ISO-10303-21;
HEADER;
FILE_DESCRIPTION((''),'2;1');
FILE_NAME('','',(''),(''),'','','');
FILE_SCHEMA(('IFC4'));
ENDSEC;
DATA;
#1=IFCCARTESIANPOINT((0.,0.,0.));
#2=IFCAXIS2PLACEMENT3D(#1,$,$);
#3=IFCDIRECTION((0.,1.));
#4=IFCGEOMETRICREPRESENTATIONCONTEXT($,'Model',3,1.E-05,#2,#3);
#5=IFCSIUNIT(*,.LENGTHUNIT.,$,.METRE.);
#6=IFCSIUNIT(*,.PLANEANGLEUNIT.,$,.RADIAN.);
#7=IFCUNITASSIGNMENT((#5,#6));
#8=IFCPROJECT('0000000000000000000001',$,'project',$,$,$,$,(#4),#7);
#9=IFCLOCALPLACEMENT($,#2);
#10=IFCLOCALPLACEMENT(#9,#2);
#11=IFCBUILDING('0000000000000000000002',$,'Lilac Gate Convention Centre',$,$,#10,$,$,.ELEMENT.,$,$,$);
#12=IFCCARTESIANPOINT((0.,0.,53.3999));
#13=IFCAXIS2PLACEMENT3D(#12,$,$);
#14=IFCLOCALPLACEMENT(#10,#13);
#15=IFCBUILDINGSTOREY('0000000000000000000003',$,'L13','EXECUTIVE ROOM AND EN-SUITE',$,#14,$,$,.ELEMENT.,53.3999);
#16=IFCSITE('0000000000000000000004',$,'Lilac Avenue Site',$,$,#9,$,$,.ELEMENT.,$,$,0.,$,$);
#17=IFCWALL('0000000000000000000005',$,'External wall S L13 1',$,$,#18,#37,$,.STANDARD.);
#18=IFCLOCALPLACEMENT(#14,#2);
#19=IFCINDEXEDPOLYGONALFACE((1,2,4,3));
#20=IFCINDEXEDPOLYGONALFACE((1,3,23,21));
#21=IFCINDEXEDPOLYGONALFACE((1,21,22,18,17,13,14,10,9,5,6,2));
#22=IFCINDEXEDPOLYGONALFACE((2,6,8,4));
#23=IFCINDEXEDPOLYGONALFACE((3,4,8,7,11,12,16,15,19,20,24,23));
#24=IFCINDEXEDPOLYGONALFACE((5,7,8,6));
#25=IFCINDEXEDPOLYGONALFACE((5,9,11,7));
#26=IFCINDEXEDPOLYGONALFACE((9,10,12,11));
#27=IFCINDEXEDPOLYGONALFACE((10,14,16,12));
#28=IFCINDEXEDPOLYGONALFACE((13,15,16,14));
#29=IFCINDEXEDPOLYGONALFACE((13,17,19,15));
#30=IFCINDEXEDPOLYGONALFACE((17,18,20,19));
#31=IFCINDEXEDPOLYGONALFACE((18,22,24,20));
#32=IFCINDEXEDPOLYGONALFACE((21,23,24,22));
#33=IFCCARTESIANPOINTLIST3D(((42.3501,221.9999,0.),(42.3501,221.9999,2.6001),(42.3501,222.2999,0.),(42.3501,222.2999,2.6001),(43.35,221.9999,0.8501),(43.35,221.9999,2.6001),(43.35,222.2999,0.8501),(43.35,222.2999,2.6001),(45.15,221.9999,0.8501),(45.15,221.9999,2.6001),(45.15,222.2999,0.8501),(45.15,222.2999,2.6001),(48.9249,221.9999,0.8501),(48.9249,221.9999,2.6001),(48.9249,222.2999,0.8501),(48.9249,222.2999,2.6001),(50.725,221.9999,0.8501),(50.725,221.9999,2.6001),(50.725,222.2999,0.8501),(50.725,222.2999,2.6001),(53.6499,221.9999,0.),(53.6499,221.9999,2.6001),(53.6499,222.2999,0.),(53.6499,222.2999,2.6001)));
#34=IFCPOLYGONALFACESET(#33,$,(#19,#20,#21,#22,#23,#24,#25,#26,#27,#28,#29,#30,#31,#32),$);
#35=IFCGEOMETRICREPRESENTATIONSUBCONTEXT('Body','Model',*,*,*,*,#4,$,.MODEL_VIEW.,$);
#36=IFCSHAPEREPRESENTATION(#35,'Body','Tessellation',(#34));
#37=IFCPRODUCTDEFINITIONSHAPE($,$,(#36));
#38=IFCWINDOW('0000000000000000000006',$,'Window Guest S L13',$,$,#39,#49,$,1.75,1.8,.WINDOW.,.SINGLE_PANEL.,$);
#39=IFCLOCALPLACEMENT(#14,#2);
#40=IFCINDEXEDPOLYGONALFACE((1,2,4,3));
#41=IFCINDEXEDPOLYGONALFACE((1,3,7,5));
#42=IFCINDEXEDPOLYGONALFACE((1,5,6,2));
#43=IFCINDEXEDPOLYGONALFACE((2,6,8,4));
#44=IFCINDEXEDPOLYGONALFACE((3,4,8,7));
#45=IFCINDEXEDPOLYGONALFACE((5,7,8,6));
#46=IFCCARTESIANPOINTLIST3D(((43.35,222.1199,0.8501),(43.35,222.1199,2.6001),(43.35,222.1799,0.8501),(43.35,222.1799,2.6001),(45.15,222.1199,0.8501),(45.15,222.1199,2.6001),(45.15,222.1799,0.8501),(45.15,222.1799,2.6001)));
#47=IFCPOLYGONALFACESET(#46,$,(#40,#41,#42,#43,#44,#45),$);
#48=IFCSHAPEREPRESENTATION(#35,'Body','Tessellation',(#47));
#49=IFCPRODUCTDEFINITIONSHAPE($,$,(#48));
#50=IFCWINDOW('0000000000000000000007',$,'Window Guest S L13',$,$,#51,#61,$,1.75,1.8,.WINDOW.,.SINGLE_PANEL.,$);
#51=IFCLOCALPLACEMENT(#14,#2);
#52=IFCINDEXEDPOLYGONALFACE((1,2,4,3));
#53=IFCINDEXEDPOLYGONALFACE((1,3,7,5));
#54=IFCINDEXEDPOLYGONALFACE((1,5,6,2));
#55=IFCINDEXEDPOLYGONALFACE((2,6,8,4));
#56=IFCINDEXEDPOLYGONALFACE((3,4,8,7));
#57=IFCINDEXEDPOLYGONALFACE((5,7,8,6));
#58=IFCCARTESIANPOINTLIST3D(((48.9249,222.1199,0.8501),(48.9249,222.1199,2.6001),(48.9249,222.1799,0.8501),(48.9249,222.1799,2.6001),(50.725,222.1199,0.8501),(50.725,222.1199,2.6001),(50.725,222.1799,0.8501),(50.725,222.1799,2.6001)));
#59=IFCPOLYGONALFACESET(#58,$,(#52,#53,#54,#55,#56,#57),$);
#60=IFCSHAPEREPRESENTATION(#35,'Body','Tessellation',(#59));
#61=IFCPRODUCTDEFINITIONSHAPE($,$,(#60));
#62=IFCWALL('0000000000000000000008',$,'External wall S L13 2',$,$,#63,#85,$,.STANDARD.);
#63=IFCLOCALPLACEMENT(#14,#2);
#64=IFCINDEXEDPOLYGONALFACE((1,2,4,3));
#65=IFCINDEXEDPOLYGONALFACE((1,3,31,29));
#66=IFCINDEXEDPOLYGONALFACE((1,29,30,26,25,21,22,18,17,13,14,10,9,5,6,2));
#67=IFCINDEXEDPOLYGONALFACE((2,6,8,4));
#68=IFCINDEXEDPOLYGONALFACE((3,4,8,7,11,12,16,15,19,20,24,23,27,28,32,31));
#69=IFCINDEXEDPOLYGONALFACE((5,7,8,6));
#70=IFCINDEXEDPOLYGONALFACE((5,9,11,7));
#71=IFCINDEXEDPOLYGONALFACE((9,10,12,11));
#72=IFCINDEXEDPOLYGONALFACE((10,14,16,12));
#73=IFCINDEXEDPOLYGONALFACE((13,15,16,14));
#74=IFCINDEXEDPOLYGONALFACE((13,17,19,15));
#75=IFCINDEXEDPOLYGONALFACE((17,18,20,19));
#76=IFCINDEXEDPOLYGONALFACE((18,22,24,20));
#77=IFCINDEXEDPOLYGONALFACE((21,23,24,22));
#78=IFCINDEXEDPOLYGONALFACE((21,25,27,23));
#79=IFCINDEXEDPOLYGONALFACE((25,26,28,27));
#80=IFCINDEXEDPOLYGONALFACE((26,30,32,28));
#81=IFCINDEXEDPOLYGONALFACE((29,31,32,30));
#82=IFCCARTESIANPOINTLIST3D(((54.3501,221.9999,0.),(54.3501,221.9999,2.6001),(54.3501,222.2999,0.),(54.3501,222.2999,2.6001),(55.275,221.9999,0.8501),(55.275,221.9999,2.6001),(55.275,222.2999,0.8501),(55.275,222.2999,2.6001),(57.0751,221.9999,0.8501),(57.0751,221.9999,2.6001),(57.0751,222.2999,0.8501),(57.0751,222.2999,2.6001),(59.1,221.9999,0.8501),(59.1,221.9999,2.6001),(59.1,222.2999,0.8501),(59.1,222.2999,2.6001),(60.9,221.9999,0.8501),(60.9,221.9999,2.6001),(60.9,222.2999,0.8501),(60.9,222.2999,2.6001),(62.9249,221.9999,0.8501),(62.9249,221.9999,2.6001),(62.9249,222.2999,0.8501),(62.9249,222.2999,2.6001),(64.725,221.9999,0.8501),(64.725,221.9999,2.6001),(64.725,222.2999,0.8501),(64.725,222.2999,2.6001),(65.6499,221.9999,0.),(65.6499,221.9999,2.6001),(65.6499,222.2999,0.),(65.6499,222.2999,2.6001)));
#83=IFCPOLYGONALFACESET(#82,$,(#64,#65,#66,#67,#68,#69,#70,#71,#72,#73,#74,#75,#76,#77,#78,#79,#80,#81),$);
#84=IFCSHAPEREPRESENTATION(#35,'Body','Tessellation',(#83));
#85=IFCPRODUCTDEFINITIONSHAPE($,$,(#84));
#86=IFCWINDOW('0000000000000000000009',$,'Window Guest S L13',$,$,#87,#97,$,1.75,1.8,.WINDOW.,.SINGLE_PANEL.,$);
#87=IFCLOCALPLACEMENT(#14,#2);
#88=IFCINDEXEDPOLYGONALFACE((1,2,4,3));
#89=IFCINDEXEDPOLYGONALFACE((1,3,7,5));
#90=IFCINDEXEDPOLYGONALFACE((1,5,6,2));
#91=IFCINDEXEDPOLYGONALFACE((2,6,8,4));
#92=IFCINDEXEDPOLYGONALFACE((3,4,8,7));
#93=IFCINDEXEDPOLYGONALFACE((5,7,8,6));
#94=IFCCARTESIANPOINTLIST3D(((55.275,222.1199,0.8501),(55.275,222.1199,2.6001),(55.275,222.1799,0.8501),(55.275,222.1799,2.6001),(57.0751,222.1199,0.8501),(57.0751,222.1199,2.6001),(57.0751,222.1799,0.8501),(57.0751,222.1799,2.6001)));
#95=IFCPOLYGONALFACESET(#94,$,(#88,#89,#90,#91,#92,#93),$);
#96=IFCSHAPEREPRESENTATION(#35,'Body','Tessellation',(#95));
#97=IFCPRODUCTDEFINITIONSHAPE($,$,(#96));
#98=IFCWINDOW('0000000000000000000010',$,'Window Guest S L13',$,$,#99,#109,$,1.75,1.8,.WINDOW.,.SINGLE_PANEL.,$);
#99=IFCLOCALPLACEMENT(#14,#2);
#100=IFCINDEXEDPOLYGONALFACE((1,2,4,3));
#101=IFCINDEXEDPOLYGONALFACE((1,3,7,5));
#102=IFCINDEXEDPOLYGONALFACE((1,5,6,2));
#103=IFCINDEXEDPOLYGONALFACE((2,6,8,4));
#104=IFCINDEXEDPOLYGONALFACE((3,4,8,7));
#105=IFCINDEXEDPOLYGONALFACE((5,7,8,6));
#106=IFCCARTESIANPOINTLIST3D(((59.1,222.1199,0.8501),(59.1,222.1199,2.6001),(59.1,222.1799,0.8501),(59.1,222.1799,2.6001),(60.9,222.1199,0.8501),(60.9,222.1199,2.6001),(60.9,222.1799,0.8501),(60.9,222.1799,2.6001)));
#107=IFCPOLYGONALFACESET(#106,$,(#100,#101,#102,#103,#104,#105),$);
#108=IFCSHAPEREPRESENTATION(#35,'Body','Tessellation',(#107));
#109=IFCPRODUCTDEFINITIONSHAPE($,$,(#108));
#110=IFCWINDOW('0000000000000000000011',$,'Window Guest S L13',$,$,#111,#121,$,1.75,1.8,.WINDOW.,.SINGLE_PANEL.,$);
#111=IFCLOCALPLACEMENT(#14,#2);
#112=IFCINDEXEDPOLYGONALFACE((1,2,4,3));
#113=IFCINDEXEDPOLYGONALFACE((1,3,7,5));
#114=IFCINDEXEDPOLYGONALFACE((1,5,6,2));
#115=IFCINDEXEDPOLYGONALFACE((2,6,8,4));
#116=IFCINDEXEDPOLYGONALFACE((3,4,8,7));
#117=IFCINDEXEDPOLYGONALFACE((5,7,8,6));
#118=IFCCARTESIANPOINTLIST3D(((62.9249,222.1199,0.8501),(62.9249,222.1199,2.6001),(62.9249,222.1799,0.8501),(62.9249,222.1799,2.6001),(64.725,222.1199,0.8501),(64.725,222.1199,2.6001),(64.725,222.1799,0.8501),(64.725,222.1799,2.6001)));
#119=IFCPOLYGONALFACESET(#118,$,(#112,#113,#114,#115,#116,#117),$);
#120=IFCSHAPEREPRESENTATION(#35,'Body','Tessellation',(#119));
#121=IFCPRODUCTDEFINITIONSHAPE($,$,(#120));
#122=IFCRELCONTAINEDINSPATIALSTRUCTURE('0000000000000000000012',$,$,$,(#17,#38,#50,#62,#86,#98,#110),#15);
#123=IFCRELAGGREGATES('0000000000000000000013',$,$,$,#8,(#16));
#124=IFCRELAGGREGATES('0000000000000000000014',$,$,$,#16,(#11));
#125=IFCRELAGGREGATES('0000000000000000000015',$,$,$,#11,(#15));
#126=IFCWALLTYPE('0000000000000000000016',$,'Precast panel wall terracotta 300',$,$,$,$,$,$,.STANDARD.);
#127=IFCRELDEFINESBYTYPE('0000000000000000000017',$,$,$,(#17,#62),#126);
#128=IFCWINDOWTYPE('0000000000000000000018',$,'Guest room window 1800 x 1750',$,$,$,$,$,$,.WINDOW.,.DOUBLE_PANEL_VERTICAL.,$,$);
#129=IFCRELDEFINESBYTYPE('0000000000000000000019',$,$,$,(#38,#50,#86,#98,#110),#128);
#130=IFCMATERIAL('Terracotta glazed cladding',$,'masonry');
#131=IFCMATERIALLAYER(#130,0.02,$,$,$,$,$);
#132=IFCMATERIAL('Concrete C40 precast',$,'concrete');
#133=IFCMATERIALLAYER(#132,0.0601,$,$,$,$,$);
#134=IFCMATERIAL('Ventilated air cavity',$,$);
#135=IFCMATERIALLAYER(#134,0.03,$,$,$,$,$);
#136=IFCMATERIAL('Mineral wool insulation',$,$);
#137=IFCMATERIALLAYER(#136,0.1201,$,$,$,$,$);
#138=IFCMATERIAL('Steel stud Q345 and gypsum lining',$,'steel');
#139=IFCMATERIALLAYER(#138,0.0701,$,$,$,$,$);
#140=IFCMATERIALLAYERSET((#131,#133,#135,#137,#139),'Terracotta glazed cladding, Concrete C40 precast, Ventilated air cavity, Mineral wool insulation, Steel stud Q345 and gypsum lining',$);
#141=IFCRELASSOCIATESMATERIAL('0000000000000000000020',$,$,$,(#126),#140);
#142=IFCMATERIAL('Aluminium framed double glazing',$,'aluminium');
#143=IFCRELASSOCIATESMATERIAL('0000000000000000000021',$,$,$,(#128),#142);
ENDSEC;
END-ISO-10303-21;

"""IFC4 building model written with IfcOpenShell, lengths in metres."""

from ifc_helpers import new_model, si_unit, direction, frame, frame_2d, origin, place, context, subcontext, project, spatial, rectangle, extrude, material, layer, layer_set, type_object, element, fill, save


model = new_model("IFC4")

# Units and contexts
model_context = context("Model", 3, precision=1e-05, world=origin(), true_north=direction((0.0, 1.0)))
body_context = subcontext(model_context, "Body", "Model", "MODEL_VIEW")
ifc_project = project(units=[si_unit("LENGTHUNIT", "METRE"), si_unit("PLANEANGLEUNIT", "RADIAN")], contexts=[model_context])

# Site, building, storey
site_placement = place(None, origin())
site = spatial("IfcSite", under=ifc_project, at=site_placement, Name="Lilac Avenue Site", CompositionType="ELEMENT", RefElevation=0.0)
building_placement = place(site_placement, origin())
building = spatial("IfcBuilding", under=site, at=building_placement, Name="Lilac Gate Convention Centre", CompositionType="ELEMENT")
storey_placement = place(building_placement, frame((0.0, 0.0, 53.3999)))
storey = spatial("IfcBuildingStorey", under=building, at=storey_placement, Name="L13", Description="EXECUTIVE ROOM AND EN-SUITE", CompositionType="ELEMENT", Elevation=53.3999)

# Shared definitions
ifc_material_1 = material(Name="Concrete C40 precast", Category="concrete")

# Walls, openings, windows
ifc_material_2 = material(Name="Terracotta glazed cladding", Category="masonry")
ifc_layer_1 = layer(ifc_material_2, 0.02)
ifc_layer_2 = layer(ifc_material_1, 0.0601)
ifc_material_3 = material(Name="Ventilated air cavity")
ifc_layer_3 = layer(ifc_material_3, 0.03)
ifc_material_4 = material(Name="Mineral wool insulation")
ifc_layer_4 = layer(ifc_material_4, 0.1201)
ifc_material_5 = material(Name="Steel stud Q345 and gypsum lining", Category="steel")
ifc_layer_5 = layer(ifc_material_5, 0.0701)
ifc_layer_set_1 = layer_set([ifc_layer_1, ifc_layer_2, ifc_layer_3, ifc_layer_4, ifc_layer_5], Name="Terracotta glazed cladding, Concrete C40 precast, Ventilated air cavity, Mineral wool insulation, Steel stud Q345 and gypsum lining")
wall_type_1 = type_object("IfcWallType", Name="Precast panel wall terracotta 300", PredefinedType="STANDARD", material=ifc_layer_set_1)
wall_1_placement = place(storey_placement, frame((42.3501, 222.1499, 0.0), z_axis=(0.0, 0.0, 1.0), x_axis=(1.0, 0.0, 0.0)))
wall_1 = element("IfcWall", 1, at=wall_1_placement, inside=storey, type_object=wall_type_1, Name="External wall S L13 1", PredefinedType="STANDARD", context=body_context, shape_type="SweptSolid", body=[
    extrude(rectangle(XDim=11.2998, YDim=0.3, at=frame_2d((5.6499, 0.0))), origin(), (0.0, 0.0, 1.0), 2.6001),
])
opening_1_placement = place(wall_1_placement, frame((1.0, 0.0, 0.8501)))
opening_1 = element("IfcOpeningElement", 2, at=opening_1_placement, cuts=wall_1, PredefinedType="OPENING", context=body_context, shape_type="SweptSolid", body=[
    extrude(rectangle(XDim=1.8, YDim=1.75, at=frame_2d((0.8999, 0.875))), frame((0.0, 0.1599, 0.0), z_axis=(0.0, -1.0, 0.0), x_axis=(1.0, 0.0, 0.0)), (0.0, 0.0, 1.0), 0.3201),
])
opening_2_placement = place(wall_1_placement, frame((6.575, 0.0, 0.8501)))
opening_2 = element("IfcOpeningElement", 3, at=opening_2_placement, cuts=wall_1, PredefinedType="OPENING", context=body_context, shape_type="SweptSolid", body=[
    extrude(rectangle(XDim=1.8, YDim=1.75, at=frame_2d((0.8999, 0.875))), frame((0.0, 0.1599, 0.0), z_axis=(0.0, -1.0, 0.0), x_axis=(1.0, 0.0, 0.0)), (0.0, 0.0, 1.0), 0.3201),
])
ifc_material_6 = material(Name="Aluminium framed double glazing", Category="aluminium")
window_type = type_object("IfcWindowType", Name="Guest room window 1800 x 1750", PartitioningType="DOUBLE_PANEL_VERTICAL", PredefinedType="WINDOW", material=ifc_material_6)
window_1_placement = place(opening_1_placement, origin())
window_1 = element("IfcWindow", 4, at=window_1_placement, inside=storey, type_object=window_type, Name="Window Guest S L13", OverallHeight=1.75, OverallWidth=1.8, PartitioningType="SINGLE_PANEL", PredefinedType="WINDOW", context=body_context, shape_type="SweptSolid", body=[
    extrude(rectangle(XDim=1.8, YDim=1.75, at=frame_2d((0.8999, 0.875))), frame((0.0, 0.03, 0.0), z_axis=(0.0, -1.0, 0.0), x_axis=(1.0, 0.0, 0.0)), (0.0, 0.0, 1.0), 0.0601),
])
fill(opening_1, window_1)
window_2_placement = place(opening_2_placement, origin())
window_2 = element("IfcWindow", 5, at=window_2_placement, inside=storey, type_object=window_type, Name="Window Guest S L13", OverallHeight=1.75, OverallWidth=1.8, PartitioningType="SINGLE_PANEL", PredefinedType="WINDOW", context=body_context, shape_type="SweptSolid", body=[
    extrude(rectangle(XDim=1.8, YDim=1.75, at=frame_2d((0.8999, 0.875))), frame((0.0, 0.03, 0.0), z_axis=(0.0, -1.0, 0.0), x_axis=(1.0, 0.0, 0.0)), (0.0, 0.0, 1.0), 0.0601),
])
fill(opening_2, window_2)
wall_2_placement = place(storey_placement, frame((54.3501, 222.1499, 0.0), z_axis=(0.0, 0.0, 1.0), x_axis=(1.0, 0.0, 0.0)))
wall_2 = element("IfcWall", 6, at=wall_2_placement, inside=storey, type_object=wall_type_1, Name="External wall S L13 2", PredefinedType="STANDARD", context=body_context, shape_type="SweptSolid", body=[
    extrude(rectangle(XDim=11.2998, YDim=0.3, at=frame_2d((5.6499, 0.0))), origin(), (0.0, 0.0, 1.0), 2.6001),
])
opening_3_placement = place(wall_2_placement, frame((0.925, 0.0, 0.8501)))
opening_3 = element("IfcOpeningElement", 7, at=opening_3_placement, cuts=wall_2, PredefinedType="OPENING", context=body_context, shape_type="SweptSolid", body=[
    extrude(rectangle(XDim=1.8, YDim=1.75, at=frame_2d((0.8999, 0.875))), frame((0.0, 0.1599, 0.0), z_axis=(0.0, -1.0, 0.0), x_axis=(1.0, 0.0, 0.0)), (0.0, 0.0, 1.0), 0.3201),
])
opening_4_placement = place(wall_2_placement, frame((4.75, 0.0, 0.8501)))
opening_4 = element("IfcOpeningElement", 8, at=opening_4_placement, cuts=wall_2, PredefinedType="OPENING", context=body_context, shape_type="SweptSolid", body=[
    extrude(rectangle(XDim=1.8, YDim=1.75, at=frame_2d((0.8999, 0.875))), frame((0.0, 0.1599, 0.0), z_axis=(0.0, -1.0, 0.0), x_axis=(1.0, 0.0, 0.0)), (0.0, 0.0, 1.0), 0.3201),
])
opening_5_placement = place(wall_2_placement, frame((8.575, 0.0, 0.8501)))
opening_5 = element("IfcOpeningElement", 9, at=opening_5_placement, cuts=wall_2, PredefinedType="OPENING", context=body_context, shape_type="SweptSolid", body=[
    extrude(rectangle(XDim=1.8, YDim=1.75, at=frame_2d((0.8999, 0.875))), frame((0.0, 0.1599, 0.0), z_axis=(0.0, -1.0, 0.0), x_axis=(1.0, 0.0, 0.0)), (0.0, 0.0, 1.0), 0.3201),
])
window_3_placement = place(opening_3_placement, origin())
window_3 = element("IfcWindow", 10, at=window_3_placement, inside=storey, type_object=window_type, Name="Window Guest S L13", OverallHeight=1.75, OverallWidth=1.8, PartitioningType="SINGLE_PANEL", PredefinedType="WINDOW", context=body_context, shape_type="SweptSolid", body=[
    extrude(rectangle(XDim=1.8, YDim=1.75, at=frame_2d((0.8999, 0.875))), frame((0.0, 0.03, 0.0), z_axis=(0.0, -1.0, 0.0), x_axis=(1.0, 0.0, 0.0)), (0.0, 0.0, 1.0), 0.0601),
])
fill(opening_3, window_3)
window_4_placement = place(opening_4_placement, origin())
window_4 = element("IfcWindow", 11, at=window_4_placement, inside=storey, type_object=window_type, Name="Window Guest S L13", OverallHeight=1.75, OverallWidth=1.8, PartitioningType="SINGLE_PANEL", PredefinedType="WINDOW", context=body_context, shape_type="SweptSolid", body=[
    extrude(rectangle(XDim=1.8, YDim=1.75, at=frame_2d((0.8999, 0.875))), frame((0.0, 0.03, 0.0), z_axis=(0.0, -1.0, 0.0), x_axis=(1.0, 0.0, 0.0)), (0.0, 0.0, 1.0), 0.0601),
])
fill(opening_4, window_4)
window_5_placement = place(opening_5_placement, origin())
window_5 = element("IfcWindow", 12, at=window_5_placement, inside=storey, type_object=window_type, Name="Window Guest S L13", OverallHeight=1.75, OverallWidth=1.8, PartitioningType="SINGLE_PANEL", PredefinedType="WINDOW", context=body_context, shape_type="SweptSolid", body=[
    extrude(rectangle(XDim=1.8, YDim=1.75, at=frame_2d((0.8999, 0.875))), frame((0.0, 0.03, 0.0), z_axis=(0.0, -1.0, 0.0), x_axis=(1.0, 0.0, 0.0)), (0.0, 0.0, 1.0), 0.0601),
])
fill(opening_5, window_5)

save(model, "model.ifc")
